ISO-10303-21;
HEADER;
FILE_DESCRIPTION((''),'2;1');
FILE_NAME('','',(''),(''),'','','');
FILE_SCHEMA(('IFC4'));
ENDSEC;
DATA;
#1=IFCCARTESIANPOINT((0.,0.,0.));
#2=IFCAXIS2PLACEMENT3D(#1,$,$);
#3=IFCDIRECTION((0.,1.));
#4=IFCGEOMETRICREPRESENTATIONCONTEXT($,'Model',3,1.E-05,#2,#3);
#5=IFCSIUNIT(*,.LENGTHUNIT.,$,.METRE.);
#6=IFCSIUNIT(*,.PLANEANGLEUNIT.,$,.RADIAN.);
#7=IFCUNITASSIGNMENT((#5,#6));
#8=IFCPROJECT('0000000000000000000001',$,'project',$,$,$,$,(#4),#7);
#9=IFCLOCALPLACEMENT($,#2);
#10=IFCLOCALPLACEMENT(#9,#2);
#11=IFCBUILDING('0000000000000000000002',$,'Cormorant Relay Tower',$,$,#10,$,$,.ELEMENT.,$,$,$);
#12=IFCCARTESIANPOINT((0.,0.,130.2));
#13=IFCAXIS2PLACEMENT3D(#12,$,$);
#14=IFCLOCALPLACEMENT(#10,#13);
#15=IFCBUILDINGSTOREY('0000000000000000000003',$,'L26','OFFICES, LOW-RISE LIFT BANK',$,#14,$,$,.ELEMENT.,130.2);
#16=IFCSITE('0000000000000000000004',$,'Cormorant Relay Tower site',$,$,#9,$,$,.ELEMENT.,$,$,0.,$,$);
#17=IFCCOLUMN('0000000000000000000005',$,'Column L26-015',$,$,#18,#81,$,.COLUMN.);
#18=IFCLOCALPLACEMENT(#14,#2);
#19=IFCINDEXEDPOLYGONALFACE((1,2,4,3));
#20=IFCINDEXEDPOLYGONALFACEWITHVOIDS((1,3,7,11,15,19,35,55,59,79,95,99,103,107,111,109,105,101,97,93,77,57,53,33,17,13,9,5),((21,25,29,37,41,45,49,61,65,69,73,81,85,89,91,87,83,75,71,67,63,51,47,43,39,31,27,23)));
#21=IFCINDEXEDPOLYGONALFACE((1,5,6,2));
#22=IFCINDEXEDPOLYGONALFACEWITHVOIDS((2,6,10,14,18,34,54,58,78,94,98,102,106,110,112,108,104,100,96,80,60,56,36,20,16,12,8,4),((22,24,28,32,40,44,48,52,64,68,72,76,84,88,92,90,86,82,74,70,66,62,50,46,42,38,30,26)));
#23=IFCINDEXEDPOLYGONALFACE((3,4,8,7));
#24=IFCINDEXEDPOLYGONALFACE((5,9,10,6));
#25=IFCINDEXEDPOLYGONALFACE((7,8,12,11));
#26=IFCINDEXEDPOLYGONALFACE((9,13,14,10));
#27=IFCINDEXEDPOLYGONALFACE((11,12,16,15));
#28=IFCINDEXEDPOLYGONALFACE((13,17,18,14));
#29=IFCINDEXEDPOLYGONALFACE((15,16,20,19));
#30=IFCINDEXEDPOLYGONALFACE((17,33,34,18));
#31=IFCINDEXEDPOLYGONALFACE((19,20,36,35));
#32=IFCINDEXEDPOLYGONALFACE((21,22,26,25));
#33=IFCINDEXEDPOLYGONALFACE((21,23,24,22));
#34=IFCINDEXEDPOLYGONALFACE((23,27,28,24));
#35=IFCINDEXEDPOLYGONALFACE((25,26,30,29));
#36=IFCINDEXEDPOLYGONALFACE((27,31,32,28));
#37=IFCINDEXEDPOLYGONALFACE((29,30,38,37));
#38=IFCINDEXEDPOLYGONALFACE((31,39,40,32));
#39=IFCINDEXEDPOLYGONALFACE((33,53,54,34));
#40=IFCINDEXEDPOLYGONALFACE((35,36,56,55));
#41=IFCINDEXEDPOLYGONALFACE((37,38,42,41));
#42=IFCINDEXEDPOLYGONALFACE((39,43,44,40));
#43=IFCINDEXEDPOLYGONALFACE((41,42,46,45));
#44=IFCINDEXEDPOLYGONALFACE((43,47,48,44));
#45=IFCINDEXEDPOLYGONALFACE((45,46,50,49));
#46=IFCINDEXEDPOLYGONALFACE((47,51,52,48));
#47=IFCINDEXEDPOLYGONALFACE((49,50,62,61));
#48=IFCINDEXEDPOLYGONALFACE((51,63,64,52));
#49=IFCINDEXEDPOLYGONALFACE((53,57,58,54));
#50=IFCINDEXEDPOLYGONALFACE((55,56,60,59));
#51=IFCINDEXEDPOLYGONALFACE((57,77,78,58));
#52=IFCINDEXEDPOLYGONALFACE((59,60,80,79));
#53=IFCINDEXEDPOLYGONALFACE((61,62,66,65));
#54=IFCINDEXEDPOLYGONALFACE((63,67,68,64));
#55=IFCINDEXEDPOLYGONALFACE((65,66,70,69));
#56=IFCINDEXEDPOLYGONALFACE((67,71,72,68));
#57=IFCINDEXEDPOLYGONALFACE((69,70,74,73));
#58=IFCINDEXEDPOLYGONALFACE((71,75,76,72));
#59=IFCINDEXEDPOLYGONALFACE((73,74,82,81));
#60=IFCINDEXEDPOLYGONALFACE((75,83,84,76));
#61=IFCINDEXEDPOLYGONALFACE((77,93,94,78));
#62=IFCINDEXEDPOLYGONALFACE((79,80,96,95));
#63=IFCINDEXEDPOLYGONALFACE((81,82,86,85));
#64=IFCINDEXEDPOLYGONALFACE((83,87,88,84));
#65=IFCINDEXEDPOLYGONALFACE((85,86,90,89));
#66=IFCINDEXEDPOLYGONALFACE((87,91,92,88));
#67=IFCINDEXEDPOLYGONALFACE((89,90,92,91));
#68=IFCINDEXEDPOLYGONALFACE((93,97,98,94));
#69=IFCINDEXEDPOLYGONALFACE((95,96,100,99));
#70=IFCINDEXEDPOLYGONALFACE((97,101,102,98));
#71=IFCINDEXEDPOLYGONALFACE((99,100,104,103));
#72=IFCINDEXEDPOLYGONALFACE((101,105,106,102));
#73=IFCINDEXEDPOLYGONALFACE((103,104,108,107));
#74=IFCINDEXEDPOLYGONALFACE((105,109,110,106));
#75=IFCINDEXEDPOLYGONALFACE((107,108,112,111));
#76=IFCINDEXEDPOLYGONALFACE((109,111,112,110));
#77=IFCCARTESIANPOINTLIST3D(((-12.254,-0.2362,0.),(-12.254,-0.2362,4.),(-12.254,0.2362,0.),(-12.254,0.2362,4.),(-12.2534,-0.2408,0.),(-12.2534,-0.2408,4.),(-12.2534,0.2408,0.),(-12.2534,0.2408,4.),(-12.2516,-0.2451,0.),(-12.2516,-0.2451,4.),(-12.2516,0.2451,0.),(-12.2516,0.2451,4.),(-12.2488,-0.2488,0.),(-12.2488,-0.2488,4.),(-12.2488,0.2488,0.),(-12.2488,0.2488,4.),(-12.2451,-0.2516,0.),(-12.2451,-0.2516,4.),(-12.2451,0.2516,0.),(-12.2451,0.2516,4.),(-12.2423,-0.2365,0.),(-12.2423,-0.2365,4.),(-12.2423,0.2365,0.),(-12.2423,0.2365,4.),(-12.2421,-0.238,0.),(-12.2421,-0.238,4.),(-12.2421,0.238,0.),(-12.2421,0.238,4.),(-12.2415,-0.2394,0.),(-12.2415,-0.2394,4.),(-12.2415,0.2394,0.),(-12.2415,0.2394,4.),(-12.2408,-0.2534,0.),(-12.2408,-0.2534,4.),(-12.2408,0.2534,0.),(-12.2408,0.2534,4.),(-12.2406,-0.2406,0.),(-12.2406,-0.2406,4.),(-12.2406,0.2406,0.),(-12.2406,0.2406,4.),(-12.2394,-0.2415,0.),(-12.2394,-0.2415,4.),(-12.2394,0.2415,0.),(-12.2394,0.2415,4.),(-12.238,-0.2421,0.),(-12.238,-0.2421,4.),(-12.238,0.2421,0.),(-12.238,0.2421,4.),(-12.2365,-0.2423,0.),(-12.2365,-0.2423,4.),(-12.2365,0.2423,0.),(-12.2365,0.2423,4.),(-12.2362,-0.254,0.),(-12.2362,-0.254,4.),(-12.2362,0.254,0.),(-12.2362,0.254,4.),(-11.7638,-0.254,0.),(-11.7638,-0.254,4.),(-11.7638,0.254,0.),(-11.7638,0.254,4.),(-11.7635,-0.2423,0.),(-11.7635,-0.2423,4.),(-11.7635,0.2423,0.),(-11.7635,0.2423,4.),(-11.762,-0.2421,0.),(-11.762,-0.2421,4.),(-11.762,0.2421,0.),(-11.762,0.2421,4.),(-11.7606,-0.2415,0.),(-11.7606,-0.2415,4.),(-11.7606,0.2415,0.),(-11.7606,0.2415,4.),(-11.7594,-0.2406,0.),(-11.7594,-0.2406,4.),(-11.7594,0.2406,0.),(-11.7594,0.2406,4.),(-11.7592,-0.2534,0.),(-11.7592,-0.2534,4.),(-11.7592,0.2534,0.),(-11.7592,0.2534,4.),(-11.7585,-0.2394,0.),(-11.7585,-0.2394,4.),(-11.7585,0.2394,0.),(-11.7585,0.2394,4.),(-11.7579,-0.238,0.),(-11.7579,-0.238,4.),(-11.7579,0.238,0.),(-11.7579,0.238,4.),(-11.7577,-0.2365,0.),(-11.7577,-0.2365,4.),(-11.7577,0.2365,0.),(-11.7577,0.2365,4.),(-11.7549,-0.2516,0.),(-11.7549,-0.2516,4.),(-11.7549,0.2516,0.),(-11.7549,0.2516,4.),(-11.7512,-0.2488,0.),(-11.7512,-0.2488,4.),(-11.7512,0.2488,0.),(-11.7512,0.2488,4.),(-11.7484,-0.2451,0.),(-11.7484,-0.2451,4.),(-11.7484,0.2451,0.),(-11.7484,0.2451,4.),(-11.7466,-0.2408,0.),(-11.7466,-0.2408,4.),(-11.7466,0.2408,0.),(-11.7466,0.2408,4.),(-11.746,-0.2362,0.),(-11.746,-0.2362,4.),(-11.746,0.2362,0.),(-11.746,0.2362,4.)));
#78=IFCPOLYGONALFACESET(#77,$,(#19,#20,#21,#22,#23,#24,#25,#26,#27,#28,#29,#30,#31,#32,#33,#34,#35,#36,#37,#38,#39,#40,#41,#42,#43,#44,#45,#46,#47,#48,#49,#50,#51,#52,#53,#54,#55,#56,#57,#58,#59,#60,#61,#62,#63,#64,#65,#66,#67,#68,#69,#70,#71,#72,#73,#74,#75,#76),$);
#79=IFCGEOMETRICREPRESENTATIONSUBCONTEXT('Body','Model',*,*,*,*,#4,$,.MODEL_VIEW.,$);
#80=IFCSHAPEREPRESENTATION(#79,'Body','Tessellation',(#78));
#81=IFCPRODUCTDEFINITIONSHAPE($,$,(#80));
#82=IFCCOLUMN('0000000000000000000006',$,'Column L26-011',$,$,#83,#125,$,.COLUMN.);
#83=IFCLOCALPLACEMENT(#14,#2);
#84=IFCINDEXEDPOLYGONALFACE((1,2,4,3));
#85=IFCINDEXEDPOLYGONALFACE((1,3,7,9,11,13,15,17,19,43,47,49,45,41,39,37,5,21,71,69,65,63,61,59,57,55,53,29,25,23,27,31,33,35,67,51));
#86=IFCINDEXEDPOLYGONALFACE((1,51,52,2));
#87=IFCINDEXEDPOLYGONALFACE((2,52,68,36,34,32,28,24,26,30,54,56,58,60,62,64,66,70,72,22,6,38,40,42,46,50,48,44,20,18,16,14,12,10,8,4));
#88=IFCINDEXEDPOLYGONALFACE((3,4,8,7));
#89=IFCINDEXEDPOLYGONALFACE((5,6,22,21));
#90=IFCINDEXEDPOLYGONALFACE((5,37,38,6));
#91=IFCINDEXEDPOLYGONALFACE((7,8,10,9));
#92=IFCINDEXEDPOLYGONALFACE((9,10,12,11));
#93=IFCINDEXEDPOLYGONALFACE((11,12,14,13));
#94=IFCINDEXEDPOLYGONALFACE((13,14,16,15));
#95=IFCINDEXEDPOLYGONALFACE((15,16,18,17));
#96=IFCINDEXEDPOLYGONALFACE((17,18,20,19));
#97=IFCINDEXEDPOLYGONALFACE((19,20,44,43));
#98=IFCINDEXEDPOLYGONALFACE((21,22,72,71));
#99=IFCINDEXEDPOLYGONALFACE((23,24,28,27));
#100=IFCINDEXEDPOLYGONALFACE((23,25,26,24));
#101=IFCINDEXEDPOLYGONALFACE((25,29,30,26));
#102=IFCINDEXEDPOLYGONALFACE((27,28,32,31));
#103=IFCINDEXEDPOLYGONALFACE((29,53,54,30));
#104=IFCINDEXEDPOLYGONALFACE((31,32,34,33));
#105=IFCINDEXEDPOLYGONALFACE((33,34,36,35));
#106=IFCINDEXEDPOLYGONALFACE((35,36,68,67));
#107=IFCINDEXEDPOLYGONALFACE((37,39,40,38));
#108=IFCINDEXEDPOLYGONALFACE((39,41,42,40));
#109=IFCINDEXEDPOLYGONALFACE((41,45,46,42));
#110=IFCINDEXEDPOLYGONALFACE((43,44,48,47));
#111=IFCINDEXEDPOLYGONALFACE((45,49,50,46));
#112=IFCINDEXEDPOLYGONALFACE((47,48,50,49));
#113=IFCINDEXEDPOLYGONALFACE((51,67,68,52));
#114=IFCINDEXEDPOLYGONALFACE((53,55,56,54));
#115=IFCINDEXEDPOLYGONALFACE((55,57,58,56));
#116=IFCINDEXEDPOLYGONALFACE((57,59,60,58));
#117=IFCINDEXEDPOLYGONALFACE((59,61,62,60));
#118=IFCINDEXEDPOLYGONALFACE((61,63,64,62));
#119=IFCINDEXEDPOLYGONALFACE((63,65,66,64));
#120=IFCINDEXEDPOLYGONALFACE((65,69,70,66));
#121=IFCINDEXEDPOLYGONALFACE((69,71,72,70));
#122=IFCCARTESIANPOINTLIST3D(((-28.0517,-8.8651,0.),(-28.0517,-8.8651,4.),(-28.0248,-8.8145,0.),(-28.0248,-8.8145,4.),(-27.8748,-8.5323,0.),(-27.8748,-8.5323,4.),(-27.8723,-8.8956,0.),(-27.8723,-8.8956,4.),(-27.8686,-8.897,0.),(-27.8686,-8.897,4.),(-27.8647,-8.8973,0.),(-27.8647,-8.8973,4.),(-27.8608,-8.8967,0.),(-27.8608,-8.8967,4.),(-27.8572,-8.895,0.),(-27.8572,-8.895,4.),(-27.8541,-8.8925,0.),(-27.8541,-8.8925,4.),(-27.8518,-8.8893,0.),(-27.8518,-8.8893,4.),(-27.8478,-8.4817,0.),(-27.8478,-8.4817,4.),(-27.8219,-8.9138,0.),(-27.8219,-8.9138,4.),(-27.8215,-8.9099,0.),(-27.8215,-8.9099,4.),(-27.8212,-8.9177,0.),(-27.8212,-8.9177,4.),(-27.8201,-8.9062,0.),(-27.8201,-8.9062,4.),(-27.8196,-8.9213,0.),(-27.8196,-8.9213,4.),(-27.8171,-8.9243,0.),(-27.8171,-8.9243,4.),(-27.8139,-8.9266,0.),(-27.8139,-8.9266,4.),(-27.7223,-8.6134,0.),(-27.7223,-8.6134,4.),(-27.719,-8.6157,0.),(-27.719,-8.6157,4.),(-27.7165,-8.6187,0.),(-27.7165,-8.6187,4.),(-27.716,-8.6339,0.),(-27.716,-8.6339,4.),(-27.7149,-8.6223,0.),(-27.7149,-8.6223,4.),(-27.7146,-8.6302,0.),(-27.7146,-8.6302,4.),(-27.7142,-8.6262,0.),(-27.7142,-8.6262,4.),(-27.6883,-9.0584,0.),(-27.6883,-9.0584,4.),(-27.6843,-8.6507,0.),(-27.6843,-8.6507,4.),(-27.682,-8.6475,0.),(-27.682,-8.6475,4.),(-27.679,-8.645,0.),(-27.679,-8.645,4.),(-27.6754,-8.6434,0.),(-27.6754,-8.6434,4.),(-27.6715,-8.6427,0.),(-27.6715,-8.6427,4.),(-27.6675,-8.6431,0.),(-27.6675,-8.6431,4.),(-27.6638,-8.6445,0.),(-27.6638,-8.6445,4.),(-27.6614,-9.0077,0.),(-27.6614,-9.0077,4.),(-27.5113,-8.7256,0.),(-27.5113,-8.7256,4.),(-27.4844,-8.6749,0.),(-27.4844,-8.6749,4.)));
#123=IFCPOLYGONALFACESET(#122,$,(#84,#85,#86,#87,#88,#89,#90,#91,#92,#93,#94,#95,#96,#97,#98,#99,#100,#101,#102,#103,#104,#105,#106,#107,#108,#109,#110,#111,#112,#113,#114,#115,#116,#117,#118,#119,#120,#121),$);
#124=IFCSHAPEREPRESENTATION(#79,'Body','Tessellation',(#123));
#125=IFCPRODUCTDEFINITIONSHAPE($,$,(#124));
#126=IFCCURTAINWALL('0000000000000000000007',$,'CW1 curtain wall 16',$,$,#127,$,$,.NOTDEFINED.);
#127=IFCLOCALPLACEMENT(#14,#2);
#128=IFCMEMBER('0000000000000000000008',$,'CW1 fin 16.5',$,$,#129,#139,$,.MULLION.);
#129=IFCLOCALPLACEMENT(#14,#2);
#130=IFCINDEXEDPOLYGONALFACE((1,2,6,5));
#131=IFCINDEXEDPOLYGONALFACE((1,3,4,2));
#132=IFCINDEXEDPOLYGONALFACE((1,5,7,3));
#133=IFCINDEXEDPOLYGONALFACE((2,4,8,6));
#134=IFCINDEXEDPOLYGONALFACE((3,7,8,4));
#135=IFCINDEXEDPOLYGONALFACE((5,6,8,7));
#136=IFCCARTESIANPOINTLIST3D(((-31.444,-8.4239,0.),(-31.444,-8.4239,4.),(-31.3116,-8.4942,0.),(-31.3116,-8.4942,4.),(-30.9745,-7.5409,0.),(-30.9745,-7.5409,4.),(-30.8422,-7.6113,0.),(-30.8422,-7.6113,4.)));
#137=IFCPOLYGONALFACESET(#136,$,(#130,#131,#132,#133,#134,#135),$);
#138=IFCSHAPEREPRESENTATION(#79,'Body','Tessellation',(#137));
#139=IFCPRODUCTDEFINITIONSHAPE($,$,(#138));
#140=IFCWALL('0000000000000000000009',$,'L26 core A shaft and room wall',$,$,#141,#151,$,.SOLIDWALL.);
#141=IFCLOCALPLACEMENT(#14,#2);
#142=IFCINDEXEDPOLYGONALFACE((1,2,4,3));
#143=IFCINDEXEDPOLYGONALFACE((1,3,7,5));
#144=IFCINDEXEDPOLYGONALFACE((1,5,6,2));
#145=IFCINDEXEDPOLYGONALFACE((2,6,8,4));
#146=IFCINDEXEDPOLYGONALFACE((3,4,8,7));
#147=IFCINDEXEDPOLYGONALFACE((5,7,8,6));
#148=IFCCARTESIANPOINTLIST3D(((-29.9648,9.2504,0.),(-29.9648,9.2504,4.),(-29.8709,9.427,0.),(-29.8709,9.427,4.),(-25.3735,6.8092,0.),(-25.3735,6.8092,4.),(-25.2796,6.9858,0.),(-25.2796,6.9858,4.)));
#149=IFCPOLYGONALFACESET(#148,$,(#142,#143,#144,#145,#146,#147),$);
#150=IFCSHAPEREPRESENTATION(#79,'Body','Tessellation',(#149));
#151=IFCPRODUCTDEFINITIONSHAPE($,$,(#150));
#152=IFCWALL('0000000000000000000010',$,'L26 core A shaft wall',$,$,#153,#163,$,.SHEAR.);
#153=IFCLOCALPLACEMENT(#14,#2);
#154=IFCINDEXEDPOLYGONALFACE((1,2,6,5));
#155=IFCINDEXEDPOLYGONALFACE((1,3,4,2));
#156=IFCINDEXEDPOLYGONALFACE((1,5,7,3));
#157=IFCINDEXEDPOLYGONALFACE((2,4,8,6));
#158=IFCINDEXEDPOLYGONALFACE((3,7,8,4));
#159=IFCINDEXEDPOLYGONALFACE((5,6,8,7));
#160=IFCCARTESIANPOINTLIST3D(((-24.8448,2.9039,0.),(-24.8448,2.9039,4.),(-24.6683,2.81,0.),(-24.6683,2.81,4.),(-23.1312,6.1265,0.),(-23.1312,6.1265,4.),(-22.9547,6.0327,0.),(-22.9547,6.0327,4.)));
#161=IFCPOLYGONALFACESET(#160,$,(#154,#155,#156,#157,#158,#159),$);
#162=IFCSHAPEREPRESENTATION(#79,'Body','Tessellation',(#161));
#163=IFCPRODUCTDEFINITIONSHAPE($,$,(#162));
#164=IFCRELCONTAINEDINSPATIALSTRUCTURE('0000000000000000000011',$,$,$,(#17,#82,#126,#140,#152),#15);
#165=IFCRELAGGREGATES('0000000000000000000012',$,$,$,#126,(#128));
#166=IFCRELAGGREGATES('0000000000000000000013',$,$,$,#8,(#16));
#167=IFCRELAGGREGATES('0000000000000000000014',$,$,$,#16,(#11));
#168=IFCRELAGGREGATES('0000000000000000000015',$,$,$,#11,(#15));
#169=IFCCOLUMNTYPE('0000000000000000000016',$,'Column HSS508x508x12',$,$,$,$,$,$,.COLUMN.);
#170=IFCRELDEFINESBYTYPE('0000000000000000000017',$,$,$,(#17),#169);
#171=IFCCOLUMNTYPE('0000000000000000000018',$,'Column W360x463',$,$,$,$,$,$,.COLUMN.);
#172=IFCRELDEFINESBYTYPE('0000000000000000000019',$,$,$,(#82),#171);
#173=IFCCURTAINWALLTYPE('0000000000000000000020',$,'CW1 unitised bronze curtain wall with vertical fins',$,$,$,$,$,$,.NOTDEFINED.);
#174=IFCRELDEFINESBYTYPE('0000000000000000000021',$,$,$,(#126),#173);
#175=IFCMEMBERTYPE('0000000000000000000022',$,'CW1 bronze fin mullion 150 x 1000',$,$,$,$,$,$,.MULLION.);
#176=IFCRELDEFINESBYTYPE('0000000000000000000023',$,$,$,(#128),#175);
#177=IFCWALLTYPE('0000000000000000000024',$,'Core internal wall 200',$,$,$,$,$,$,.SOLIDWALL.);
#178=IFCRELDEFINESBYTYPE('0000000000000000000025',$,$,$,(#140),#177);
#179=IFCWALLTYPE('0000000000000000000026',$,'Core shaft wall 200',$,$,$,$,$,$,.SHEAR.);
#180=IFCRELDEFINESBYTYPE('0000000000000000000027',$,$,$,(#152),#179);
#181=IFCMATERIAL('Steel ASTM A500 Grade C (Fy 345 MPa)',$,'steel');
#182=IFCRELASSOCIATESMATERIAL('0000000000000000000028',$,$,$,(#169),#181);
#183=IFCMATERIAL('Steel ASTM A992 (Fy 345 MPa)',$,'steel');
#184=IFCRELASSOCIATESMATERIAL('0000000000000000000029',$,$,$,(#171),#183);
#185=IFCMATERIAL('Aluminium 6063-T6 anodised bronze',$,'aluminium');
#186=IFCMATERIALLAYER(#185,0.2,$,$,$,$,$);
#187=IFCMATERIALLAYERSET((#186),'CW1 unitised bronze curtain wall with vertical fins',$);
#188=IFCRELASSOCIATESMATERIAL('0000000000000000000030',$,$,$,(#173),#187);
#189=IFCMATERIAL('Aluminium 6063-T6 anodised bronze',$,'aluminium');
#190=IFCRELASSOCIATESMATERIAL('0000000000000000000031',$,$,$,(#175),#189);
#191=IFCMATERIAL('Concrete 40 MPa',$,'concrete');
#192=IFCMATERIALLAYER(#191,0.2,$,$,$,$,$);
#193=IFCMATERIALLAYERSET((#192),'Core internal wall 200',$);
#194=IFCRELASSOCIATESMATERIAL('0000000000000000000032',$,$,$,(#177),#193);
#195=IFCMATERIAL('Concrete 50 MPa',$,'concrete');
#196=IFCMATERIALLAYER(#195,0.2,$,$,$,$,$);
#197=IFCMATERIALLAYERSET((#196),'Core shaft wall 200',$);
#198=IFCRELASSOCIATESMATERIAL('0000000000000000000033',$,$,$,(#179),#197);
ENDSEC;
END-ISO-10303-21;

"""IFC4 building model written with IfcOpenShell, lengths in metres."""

from ifc_helpers import new_model, si_unit, direction, frame, frame_2d, origin, origin_2d, place, context, subcontext, project, spatial, rectangle, hollow_rectangle, i_section, extrude, material, layer, layer_set, material_profile, profile_set, type_object, element, aggregate, save


model = new_model("IFC4")

# Units and contexts
model_context = context("Model", 3, precision=1e-05, world=origin(), true_north=direction((0.0, 1.0)))
body_context = subcontext(model_context, "Body", "Model", "MODEL_VIEW")
ifc_project = project(units=[si_unit("LENGTHUNIT", "METRE"), si_unit("PLANEANGLEUNIT", "RADIAN")], contexts=[model_context])

# Site, building, storey
site_placement = place(None, origin())
site = spatial("IfcSite", under=ifc_project, at=site_placement, Name="Cormorant Relay Tower site", CompositionType="ELEMENT", RefElevation=0.0)
building_placement = place(site_placement, origin())
building = spatial("IfcBuilding", under=site, at=building_placement, Name="Cormorant Relay Tower", CompositionType="ELEMENT")
storey_placement = place(building_placement, frame((0.0, 0.0, 130.2)))
storey = spatial("IfcBuildingStorey", under=building, at=storey_placement, Name="L26", Description="OFFICES, LOW-RISE LIFT BANK", CompositionType="ELEMENT", Elevation=130.2)

# Columns
ifc_material_1 = material(Name="Steel ASTM A500 Grade C (Fy 345 MPa)", Category="steel")
ifc_material_profile_1 = material_profile(ifc_material_1, hollow_rectangle(XDim=0.5081, YDim=0.5081, WallThickness=0.0117, InnerFilletRadius=0.0059, OuterFilletRadius=0.0178, at=origin_2d()), Name="HSS508x508x12")
ifc_profile_set_1 = profile_set([ifc_material_profile_1], Name="Steel ASTM A500 Grade C (Fy 345 MPa)")
column_type_1 = type_object("IfcColumnType", Name="Column HSS508x508x12", PredefinedType="COLUMN", material=ifc_profile_set_1)
column_1_placement = place(storey_placement, frame((-12.0, 0.0, 0.0), z_axis=(0.0, 0.0, 1.0), x_axis=(1.0, 0.0, 0.0)))
element("IfcColumn", 1, at=column_1_placement, inside=storey, type_object=column_type_1, Name="Column L26-015", PredefinedType="COLUMN", context=body_context, shape_type="SweptSolid", body=[
    extrude(hollow_rectangle(XDim=0.5081, YDim=0.5081, WallThickness=0.0117, InnerFilletRadius=0.0059, OuterFilletRadius=0.0178, at=origin_2d()), origin(), (0.0, 0.0, 1.0), 4.0),
])
ifc_material_2 = material(Name="Steel ASTM A992 (Fy 345 MPa)", Category="steel")
ifc_material_profile_2 = material_profile(ifc_material_2, i_section(OverallWidth=0.4116, OverallDepth=0.4343, WebThickness=0.0359, FlangeThickness=0.0574, FilletRadius=0.0151, at=origin_2d()), Name="W360x463")
ifc_profile_set_2 = profile_set([ifc_material_profile_2], Name="Steel ASTM A992 (Fy 345 MPa)")
column_type_2 = type_object("IfcColumnType", Name="Column W360x463", PredefinedType="COLUMN", material=ifc_profile_set_2)
column_2_placement = place(storey_placement, frame((-27.7681, -8.77, 0.0), z_axis=(0.0, 0.0, 1.0), x_axis=(0.882948, -0.469472, 0.0)))
element("IfcColumn", 2, at=column_2_placement, inside=storey, type_object=column_type_2, Name="Column L26-011", PredefinedType="COLUMN", context=body_context, shape_type="SweptSolid", body=[
    extrude(i_section(OverallWidth=0.4116, OverallDepth=0.4343, WebThickness=0.0359, FlangeThickness=0.0574, FilletRadius=0.0151, at=origin_2d()), origin(), (0.0, 0.0, 1.0), 4.0),
])

# Curtain wall, member
ifc_material_3 = material(Name="Aluminium 6063-T6 anodised bronze", Category="aluminium")
ifc_layer_1 = layer(ifc_material_3, 0.2)
ifc_layer_set_1 = layer_set([ifc_layer_1], Name="CW1 unitised bronze curtain wall with vertical fins")
curtain_wall_type = type_object("IfcCurtainWallType", Name="CW1 unitised bronze curtain wall with vertical fins", PredefinedType="NOTDEFINED", material=ifc_layer_set_1)
curtain_wall_placement = place(storey_placement, origin())
curtain_wall = element("IfcCurtainWall", 3, at=curtain_wall_placement, inside=storey, type_object=curtain_wall_type, Name="CW1 curtain wall 16", PredefinedType="NOTDEFINED")
ifc_material_4 = material(Name="Aluminium 6063-T6 anodised bronze", Category="aluminium")
ifc_material_profile_3 = material_profile(ifc_material_4, rectangle(XDim=0.1499, YDim=1.0, at=origin_2d()), Name="AL 150x1000")
ifc_profile_set_3 = profile_set([ifc_material_profile_3], Name="Aluminium 6063-T6 anodised bronze")
member_type = type_object("IfcMemberType", Name="CW1 bronze fin mullion 150 x 1000", PredefinedType="MULLION", material=ifc_profile_set_3)
member_placement = place(storey_placement, frame((-31.1431, -8.0176, 0.0), z_axis=(0.0, 0.0, 1.0), x_axis=(0.882948, -0.469472, 0.0)))
member = element("IfcMember", 4, at=member_placement, type_object=member_type, Name="CW1 fin 16.5", PredefinedType="MULLION", context=body_context, shape_type="SweptSolid", body=[
    extrude(rectangle(XDim=0.1499, YDim=1.0, at=origin_2d()), origin(), (0.0, 0.0, 1.0), 4.0),
])

# Walls
ifc_material_5 = material(Name="Concrete 40 MPa", Category="concrete")
ifc_layer_2 = layer(ifc_material_5, 0.2)
ifc_layer_set_2 = layer_set([ifc_layer_2], Name="Core internal wall 200")
wall_type_1 = type_object("IfcWallType", Name="Core internal wall 200", PredefinedType="SOLIDWALL", material=ifc_layer_set_2)
wall_1_placement = place(storey_placement, frame((-25.3264, 6.8975, 0.0), z_axis=(0.0, 0.0, 1.0), x_axis=(-0.882954, 0.46946, 0.0)))
element("IfcWall", 5, at=wall_1_placement, inside=storey, type_object=wall_type_1, Name="L26 core A shaft and room wall", PredefinedType="SOLIDWALL", context=body_context, shape_type="SweptSolid", body=[
    extrude(rectangle(XDim=5.2, YDim=0.2, at=frame_2d((2.6001, 0.0))), origin(), (0.0, 0.0, 1.0), 4.0),
])
ifc_material_6 = material(Name="Concrete 50 MPa", Category="concrete")
ifc_layer_3 = layer(ifc_material_6, 0.2)
ifc_layer_set_3 = layer_set([ifc_layer_3], Name="Core shaft wall 200")
wall_type_2 = type_object("IfcWallType", Name="Core shaft wall 200", PredefinedType="SHEAR", material=ifc_layer_set_3)
wall_2_placement = place(storey_placement, frame((-23.043, 6.0796, 0.0), z_axis=(0.0, 0.0, 1.0), x_axis=(-0.469494, -0.882936, 0.0)))
element("IfcWall", 6, at=wall_2_placement, inside=storey, type_object=wall_type_2, Name="L26 core A shaft wall", PredefinedType="SHEAR", context=body_context, shape_type="SweptSolid", body=[
    extrude(rectangle(XDim=3.6499, YDim=0.2, at=frame_2d((1.825, 0.0))), origin(), (0.0, 0.0, 1.0), 4.0),
])

aggregate(curtain_wall, [member])

save(model, "model.ifc")
